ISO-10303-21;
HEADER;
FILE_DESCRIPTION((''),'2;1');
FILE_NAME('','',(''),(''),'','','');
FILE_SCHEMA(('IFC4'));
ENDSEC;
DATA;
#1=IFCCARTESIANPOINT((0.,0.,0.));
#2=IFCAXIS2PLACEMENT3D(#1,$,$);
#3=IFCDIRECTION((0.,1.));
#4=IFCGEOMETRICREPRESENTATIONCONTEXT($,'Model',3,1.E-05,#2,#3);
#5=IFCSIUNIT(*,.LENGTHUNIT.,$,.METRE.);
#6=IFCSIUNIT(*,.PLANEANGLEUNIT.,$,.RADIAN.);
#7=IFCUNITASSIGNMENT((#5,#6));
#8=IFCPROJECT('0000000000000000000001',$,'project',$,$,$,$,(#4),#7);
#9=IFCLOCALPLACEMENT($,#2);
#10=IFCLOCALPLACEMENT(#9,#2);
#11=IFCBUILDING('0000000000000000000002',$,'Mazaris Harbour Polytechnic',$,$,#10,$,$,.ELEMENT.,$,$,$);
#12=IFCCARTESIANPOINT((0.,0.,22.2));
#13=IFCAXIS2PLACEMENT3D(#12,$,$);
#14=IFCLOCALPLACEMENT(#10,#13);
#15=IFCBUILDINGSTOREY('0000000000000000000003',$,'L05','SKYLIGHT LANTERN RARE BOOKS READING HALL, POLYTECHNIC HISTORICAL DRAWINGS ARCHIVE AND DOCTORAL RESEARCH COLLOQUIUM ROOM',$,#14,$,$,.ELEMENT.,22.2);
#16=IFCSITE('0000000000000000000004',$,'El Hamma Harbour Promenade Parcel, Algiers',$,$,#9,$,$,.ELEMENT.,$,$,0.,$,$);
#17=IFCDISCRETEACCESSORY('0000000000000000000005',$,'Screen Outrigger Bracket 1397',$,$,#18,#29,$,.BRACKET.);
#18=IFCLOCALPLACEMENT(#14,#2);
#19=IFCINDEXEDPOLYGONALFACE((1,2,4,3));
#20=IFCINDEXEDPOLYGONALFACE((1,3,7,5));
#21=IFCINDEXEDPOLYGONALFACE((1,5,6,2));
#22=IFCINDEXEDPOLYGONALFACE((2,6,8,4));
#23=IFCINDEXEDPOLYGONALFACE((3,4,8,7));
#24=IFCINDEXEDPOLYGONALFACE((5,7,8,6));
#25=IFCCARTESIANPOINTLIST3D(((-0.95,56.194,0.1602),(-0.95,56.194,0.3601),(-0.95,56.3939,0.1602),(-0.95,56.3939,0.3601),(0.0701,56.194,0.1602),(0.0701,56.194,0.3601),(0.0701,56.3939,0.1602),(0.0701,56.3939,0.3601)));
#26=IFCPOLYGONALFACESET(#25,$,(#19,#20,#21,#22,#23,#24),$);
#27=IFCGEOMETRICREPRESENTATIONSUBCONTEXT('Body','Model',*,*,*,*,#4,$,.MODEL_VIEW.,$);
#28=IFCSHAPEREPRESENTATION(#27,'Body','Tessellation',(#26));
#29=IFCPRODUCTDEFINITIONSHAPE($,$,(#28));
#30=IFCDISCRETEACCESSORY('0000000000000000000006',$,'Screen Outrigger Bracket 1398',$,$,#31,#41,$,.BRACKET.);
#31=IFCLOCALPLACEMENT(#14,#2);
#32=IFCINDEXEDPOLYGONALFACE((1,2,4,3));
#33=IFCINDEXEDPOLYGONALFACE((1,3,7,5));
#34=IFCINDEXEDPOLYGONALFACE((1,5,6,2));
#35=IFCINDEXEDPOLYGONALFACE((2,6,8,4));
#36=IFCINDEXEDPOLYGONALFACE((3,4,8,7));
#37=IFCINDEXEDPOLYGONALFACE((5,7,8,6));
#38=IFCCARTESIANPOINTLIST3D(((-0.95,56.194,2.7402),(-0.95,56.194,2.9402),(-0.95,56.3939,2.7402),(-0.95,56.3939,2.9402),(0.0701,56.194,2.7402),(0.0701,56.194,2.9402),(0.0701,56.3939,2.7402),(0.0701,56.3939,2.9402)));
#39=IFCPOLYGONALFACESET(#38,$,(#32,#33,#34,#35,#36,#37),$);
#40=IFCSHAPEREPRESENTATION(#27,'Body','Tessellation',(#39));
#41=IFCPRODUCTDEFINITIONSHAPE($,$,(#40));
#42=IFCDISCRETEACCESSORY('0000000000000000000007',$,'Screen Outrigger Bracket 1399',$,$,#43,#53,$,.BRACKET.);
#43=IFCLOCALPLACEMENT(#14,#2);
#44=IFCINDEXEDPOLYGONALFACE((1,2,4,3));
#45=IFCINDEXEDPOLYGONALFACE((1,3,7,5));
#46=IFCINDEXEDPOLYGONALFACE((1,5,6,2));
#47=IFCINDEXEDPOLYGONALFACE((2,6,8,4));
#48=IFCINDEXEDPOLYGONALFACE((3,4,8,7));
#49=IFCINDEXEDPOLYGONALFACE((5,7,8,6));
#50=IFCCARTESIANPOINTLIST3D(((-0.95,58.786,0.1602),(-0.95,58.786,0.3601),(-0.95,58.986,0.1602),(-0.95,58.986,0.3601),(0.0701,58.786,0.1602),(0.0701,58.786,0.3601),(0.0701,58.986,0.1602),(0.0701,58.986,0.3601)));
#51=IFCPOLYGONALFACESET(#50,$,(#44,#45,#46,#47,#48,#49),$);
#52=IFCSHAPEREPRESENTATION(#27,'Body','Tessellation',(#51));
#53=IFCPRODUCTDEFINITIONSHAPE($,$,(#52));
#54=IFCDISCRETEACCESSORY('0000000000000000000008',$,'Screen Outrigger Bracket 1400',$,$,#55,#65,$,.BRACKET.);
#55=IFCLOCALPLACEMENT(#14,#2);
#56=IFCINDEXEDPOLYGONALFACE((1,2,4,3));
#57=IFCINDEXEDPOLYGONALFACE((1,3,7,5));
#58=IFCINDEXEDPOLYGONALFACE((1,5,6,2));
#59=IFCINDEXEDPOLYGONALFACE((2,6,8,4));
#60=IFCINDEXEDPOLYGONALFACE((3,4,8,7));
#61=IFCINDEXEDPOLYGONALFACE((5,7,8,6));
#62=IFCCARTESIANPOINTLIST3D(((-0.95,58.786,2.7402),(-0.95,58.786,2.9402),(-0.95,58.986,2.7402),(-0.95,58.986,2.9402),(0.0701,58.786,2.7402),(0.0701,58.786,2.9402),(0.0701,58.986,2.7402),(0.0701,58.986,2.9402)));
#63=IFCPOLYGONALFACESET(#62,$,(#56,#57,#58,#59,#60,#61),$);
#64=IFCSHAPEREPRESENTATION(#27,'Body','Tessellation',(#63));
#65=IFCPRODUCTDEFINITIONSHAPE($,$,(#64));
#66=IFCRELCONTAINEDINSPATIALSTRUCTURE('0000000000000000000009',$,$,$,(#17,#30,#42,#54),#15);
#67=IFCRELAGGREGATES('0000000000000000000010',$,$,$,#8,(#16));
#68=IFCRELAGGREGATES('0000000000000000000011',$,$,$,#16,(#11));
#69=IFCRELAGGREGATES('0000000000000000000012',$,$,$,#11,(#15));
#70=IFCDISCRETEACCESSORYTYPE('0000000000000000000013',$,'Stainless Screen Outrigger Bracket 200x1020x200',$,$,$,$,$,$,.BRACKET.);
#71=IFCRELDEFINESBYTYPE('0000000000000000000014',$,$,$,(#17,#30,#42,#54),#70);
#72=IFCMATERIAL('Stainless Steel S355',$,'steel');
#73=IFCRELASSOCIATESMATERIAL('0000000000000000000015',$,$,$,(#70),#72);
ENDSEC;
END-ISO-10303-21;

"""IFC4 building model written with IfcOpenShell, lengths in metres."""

from ifc_helpers import new_model, si_unit, direction, frame, origin, origin_2d, place, context, subcontext, project, spatial, rectangle, extrude, material, type_object, element, save


model = new_model("IFC4")

# Units and contexts
model_context = context("Model", 3, precision=1e-05, world=origin(), true_north=direction((0.0, 1.0)))
body_context = subcontext(model_context, "Body", "Model", "MODEL_VIEW")
ifc_project = project(units=[si_unit("LENGTHUNIT", "METRE"), si_unit("PLANEANGLEUNIT", "RADIAN")], contexts=[model_context])

# Site, building, storey
site_placement = place(None, origin())
site = spatial("IfcSite", under=ifc_project, at=site_placement, Name="El Hamma Harbour Promenade Parcel, Algiers", CompositionType="ELEMENT", RefElevation=0.0)
building_placement = place(site_placement, origin())
building = spatial("IfcBuilding", under=site, at=building_placement, Name="Mazaris Harbour Polytechnic", CompositionType="ELEMENT")
storey_placement = place(building_placement, frame((0.0, 0.0, 22.2)))
storey = spatial("IfcBuildingStorey", under=building, at=storey_placement, Name="L05", Description="SKYLIGHT LANTERN RARE BOOKS READING HALL, POLYTECHNIC HISTORICAL DRAWINGS ARCHIVE AND DOCTORAL RESEARCH COLLOQUIUM ROOM", CompositionType="ELEMENT", Elevation=22.2)

# Discrete accessories
ifc_material_1 = material(Name="Stainless Steel S355", Category="steel")
discrete_accessory_type = type_object("IfcDiscreteAccessoryType", Name="Stainless Screen Outrigger Bracket 200x1020x200", PredefinedType="BRACKET", material=ifc_material_1)
for number, where, z_axis, x_axis, name in (
    (1, (-0.4399, 56.2939, 0.1602), (0.0, 0.0, 1.0), (0.0, 1.0, 0.0), "Screen Outrigger Bracket 1397"),
    (2, (-0.4399, 56.2939, 2.7402), (0.0, 0.0, 1.0), (0.0, 1.0, 0.0), "Screen Outrigger Bracket 1398"),
    (3, (-0.4399, 58.886, 0.1602), (0.0, 0.0, 1.0), (0.0, 1.0, 0.0), "Screen Outrigger Bracket 1399"),
    (4, (-0.4399, 58.886, 2.7402), (0.0, 0.0, 1.0), (0.0, 1.0, 0.0), "Screen Outrigger Bracket 1400"),
):
    element("IfcDiscreteAccessory", number, at=place(storey_placement, frame(where, z_axis=z_axis, x_axis=x_axis)), inside=storey, type_object=discrete_accessory_type, Name=name, PredefinedType="BRACKET", context=body_context, shape_type="SweptSolid", body=[
        extrude(rectangle(XDim=0.2, YDim=1.02, at=origin_2d()), origin(), (0.0, 0.0, 1.0), 0.2),
    ])

save(model, "model.ifc")
